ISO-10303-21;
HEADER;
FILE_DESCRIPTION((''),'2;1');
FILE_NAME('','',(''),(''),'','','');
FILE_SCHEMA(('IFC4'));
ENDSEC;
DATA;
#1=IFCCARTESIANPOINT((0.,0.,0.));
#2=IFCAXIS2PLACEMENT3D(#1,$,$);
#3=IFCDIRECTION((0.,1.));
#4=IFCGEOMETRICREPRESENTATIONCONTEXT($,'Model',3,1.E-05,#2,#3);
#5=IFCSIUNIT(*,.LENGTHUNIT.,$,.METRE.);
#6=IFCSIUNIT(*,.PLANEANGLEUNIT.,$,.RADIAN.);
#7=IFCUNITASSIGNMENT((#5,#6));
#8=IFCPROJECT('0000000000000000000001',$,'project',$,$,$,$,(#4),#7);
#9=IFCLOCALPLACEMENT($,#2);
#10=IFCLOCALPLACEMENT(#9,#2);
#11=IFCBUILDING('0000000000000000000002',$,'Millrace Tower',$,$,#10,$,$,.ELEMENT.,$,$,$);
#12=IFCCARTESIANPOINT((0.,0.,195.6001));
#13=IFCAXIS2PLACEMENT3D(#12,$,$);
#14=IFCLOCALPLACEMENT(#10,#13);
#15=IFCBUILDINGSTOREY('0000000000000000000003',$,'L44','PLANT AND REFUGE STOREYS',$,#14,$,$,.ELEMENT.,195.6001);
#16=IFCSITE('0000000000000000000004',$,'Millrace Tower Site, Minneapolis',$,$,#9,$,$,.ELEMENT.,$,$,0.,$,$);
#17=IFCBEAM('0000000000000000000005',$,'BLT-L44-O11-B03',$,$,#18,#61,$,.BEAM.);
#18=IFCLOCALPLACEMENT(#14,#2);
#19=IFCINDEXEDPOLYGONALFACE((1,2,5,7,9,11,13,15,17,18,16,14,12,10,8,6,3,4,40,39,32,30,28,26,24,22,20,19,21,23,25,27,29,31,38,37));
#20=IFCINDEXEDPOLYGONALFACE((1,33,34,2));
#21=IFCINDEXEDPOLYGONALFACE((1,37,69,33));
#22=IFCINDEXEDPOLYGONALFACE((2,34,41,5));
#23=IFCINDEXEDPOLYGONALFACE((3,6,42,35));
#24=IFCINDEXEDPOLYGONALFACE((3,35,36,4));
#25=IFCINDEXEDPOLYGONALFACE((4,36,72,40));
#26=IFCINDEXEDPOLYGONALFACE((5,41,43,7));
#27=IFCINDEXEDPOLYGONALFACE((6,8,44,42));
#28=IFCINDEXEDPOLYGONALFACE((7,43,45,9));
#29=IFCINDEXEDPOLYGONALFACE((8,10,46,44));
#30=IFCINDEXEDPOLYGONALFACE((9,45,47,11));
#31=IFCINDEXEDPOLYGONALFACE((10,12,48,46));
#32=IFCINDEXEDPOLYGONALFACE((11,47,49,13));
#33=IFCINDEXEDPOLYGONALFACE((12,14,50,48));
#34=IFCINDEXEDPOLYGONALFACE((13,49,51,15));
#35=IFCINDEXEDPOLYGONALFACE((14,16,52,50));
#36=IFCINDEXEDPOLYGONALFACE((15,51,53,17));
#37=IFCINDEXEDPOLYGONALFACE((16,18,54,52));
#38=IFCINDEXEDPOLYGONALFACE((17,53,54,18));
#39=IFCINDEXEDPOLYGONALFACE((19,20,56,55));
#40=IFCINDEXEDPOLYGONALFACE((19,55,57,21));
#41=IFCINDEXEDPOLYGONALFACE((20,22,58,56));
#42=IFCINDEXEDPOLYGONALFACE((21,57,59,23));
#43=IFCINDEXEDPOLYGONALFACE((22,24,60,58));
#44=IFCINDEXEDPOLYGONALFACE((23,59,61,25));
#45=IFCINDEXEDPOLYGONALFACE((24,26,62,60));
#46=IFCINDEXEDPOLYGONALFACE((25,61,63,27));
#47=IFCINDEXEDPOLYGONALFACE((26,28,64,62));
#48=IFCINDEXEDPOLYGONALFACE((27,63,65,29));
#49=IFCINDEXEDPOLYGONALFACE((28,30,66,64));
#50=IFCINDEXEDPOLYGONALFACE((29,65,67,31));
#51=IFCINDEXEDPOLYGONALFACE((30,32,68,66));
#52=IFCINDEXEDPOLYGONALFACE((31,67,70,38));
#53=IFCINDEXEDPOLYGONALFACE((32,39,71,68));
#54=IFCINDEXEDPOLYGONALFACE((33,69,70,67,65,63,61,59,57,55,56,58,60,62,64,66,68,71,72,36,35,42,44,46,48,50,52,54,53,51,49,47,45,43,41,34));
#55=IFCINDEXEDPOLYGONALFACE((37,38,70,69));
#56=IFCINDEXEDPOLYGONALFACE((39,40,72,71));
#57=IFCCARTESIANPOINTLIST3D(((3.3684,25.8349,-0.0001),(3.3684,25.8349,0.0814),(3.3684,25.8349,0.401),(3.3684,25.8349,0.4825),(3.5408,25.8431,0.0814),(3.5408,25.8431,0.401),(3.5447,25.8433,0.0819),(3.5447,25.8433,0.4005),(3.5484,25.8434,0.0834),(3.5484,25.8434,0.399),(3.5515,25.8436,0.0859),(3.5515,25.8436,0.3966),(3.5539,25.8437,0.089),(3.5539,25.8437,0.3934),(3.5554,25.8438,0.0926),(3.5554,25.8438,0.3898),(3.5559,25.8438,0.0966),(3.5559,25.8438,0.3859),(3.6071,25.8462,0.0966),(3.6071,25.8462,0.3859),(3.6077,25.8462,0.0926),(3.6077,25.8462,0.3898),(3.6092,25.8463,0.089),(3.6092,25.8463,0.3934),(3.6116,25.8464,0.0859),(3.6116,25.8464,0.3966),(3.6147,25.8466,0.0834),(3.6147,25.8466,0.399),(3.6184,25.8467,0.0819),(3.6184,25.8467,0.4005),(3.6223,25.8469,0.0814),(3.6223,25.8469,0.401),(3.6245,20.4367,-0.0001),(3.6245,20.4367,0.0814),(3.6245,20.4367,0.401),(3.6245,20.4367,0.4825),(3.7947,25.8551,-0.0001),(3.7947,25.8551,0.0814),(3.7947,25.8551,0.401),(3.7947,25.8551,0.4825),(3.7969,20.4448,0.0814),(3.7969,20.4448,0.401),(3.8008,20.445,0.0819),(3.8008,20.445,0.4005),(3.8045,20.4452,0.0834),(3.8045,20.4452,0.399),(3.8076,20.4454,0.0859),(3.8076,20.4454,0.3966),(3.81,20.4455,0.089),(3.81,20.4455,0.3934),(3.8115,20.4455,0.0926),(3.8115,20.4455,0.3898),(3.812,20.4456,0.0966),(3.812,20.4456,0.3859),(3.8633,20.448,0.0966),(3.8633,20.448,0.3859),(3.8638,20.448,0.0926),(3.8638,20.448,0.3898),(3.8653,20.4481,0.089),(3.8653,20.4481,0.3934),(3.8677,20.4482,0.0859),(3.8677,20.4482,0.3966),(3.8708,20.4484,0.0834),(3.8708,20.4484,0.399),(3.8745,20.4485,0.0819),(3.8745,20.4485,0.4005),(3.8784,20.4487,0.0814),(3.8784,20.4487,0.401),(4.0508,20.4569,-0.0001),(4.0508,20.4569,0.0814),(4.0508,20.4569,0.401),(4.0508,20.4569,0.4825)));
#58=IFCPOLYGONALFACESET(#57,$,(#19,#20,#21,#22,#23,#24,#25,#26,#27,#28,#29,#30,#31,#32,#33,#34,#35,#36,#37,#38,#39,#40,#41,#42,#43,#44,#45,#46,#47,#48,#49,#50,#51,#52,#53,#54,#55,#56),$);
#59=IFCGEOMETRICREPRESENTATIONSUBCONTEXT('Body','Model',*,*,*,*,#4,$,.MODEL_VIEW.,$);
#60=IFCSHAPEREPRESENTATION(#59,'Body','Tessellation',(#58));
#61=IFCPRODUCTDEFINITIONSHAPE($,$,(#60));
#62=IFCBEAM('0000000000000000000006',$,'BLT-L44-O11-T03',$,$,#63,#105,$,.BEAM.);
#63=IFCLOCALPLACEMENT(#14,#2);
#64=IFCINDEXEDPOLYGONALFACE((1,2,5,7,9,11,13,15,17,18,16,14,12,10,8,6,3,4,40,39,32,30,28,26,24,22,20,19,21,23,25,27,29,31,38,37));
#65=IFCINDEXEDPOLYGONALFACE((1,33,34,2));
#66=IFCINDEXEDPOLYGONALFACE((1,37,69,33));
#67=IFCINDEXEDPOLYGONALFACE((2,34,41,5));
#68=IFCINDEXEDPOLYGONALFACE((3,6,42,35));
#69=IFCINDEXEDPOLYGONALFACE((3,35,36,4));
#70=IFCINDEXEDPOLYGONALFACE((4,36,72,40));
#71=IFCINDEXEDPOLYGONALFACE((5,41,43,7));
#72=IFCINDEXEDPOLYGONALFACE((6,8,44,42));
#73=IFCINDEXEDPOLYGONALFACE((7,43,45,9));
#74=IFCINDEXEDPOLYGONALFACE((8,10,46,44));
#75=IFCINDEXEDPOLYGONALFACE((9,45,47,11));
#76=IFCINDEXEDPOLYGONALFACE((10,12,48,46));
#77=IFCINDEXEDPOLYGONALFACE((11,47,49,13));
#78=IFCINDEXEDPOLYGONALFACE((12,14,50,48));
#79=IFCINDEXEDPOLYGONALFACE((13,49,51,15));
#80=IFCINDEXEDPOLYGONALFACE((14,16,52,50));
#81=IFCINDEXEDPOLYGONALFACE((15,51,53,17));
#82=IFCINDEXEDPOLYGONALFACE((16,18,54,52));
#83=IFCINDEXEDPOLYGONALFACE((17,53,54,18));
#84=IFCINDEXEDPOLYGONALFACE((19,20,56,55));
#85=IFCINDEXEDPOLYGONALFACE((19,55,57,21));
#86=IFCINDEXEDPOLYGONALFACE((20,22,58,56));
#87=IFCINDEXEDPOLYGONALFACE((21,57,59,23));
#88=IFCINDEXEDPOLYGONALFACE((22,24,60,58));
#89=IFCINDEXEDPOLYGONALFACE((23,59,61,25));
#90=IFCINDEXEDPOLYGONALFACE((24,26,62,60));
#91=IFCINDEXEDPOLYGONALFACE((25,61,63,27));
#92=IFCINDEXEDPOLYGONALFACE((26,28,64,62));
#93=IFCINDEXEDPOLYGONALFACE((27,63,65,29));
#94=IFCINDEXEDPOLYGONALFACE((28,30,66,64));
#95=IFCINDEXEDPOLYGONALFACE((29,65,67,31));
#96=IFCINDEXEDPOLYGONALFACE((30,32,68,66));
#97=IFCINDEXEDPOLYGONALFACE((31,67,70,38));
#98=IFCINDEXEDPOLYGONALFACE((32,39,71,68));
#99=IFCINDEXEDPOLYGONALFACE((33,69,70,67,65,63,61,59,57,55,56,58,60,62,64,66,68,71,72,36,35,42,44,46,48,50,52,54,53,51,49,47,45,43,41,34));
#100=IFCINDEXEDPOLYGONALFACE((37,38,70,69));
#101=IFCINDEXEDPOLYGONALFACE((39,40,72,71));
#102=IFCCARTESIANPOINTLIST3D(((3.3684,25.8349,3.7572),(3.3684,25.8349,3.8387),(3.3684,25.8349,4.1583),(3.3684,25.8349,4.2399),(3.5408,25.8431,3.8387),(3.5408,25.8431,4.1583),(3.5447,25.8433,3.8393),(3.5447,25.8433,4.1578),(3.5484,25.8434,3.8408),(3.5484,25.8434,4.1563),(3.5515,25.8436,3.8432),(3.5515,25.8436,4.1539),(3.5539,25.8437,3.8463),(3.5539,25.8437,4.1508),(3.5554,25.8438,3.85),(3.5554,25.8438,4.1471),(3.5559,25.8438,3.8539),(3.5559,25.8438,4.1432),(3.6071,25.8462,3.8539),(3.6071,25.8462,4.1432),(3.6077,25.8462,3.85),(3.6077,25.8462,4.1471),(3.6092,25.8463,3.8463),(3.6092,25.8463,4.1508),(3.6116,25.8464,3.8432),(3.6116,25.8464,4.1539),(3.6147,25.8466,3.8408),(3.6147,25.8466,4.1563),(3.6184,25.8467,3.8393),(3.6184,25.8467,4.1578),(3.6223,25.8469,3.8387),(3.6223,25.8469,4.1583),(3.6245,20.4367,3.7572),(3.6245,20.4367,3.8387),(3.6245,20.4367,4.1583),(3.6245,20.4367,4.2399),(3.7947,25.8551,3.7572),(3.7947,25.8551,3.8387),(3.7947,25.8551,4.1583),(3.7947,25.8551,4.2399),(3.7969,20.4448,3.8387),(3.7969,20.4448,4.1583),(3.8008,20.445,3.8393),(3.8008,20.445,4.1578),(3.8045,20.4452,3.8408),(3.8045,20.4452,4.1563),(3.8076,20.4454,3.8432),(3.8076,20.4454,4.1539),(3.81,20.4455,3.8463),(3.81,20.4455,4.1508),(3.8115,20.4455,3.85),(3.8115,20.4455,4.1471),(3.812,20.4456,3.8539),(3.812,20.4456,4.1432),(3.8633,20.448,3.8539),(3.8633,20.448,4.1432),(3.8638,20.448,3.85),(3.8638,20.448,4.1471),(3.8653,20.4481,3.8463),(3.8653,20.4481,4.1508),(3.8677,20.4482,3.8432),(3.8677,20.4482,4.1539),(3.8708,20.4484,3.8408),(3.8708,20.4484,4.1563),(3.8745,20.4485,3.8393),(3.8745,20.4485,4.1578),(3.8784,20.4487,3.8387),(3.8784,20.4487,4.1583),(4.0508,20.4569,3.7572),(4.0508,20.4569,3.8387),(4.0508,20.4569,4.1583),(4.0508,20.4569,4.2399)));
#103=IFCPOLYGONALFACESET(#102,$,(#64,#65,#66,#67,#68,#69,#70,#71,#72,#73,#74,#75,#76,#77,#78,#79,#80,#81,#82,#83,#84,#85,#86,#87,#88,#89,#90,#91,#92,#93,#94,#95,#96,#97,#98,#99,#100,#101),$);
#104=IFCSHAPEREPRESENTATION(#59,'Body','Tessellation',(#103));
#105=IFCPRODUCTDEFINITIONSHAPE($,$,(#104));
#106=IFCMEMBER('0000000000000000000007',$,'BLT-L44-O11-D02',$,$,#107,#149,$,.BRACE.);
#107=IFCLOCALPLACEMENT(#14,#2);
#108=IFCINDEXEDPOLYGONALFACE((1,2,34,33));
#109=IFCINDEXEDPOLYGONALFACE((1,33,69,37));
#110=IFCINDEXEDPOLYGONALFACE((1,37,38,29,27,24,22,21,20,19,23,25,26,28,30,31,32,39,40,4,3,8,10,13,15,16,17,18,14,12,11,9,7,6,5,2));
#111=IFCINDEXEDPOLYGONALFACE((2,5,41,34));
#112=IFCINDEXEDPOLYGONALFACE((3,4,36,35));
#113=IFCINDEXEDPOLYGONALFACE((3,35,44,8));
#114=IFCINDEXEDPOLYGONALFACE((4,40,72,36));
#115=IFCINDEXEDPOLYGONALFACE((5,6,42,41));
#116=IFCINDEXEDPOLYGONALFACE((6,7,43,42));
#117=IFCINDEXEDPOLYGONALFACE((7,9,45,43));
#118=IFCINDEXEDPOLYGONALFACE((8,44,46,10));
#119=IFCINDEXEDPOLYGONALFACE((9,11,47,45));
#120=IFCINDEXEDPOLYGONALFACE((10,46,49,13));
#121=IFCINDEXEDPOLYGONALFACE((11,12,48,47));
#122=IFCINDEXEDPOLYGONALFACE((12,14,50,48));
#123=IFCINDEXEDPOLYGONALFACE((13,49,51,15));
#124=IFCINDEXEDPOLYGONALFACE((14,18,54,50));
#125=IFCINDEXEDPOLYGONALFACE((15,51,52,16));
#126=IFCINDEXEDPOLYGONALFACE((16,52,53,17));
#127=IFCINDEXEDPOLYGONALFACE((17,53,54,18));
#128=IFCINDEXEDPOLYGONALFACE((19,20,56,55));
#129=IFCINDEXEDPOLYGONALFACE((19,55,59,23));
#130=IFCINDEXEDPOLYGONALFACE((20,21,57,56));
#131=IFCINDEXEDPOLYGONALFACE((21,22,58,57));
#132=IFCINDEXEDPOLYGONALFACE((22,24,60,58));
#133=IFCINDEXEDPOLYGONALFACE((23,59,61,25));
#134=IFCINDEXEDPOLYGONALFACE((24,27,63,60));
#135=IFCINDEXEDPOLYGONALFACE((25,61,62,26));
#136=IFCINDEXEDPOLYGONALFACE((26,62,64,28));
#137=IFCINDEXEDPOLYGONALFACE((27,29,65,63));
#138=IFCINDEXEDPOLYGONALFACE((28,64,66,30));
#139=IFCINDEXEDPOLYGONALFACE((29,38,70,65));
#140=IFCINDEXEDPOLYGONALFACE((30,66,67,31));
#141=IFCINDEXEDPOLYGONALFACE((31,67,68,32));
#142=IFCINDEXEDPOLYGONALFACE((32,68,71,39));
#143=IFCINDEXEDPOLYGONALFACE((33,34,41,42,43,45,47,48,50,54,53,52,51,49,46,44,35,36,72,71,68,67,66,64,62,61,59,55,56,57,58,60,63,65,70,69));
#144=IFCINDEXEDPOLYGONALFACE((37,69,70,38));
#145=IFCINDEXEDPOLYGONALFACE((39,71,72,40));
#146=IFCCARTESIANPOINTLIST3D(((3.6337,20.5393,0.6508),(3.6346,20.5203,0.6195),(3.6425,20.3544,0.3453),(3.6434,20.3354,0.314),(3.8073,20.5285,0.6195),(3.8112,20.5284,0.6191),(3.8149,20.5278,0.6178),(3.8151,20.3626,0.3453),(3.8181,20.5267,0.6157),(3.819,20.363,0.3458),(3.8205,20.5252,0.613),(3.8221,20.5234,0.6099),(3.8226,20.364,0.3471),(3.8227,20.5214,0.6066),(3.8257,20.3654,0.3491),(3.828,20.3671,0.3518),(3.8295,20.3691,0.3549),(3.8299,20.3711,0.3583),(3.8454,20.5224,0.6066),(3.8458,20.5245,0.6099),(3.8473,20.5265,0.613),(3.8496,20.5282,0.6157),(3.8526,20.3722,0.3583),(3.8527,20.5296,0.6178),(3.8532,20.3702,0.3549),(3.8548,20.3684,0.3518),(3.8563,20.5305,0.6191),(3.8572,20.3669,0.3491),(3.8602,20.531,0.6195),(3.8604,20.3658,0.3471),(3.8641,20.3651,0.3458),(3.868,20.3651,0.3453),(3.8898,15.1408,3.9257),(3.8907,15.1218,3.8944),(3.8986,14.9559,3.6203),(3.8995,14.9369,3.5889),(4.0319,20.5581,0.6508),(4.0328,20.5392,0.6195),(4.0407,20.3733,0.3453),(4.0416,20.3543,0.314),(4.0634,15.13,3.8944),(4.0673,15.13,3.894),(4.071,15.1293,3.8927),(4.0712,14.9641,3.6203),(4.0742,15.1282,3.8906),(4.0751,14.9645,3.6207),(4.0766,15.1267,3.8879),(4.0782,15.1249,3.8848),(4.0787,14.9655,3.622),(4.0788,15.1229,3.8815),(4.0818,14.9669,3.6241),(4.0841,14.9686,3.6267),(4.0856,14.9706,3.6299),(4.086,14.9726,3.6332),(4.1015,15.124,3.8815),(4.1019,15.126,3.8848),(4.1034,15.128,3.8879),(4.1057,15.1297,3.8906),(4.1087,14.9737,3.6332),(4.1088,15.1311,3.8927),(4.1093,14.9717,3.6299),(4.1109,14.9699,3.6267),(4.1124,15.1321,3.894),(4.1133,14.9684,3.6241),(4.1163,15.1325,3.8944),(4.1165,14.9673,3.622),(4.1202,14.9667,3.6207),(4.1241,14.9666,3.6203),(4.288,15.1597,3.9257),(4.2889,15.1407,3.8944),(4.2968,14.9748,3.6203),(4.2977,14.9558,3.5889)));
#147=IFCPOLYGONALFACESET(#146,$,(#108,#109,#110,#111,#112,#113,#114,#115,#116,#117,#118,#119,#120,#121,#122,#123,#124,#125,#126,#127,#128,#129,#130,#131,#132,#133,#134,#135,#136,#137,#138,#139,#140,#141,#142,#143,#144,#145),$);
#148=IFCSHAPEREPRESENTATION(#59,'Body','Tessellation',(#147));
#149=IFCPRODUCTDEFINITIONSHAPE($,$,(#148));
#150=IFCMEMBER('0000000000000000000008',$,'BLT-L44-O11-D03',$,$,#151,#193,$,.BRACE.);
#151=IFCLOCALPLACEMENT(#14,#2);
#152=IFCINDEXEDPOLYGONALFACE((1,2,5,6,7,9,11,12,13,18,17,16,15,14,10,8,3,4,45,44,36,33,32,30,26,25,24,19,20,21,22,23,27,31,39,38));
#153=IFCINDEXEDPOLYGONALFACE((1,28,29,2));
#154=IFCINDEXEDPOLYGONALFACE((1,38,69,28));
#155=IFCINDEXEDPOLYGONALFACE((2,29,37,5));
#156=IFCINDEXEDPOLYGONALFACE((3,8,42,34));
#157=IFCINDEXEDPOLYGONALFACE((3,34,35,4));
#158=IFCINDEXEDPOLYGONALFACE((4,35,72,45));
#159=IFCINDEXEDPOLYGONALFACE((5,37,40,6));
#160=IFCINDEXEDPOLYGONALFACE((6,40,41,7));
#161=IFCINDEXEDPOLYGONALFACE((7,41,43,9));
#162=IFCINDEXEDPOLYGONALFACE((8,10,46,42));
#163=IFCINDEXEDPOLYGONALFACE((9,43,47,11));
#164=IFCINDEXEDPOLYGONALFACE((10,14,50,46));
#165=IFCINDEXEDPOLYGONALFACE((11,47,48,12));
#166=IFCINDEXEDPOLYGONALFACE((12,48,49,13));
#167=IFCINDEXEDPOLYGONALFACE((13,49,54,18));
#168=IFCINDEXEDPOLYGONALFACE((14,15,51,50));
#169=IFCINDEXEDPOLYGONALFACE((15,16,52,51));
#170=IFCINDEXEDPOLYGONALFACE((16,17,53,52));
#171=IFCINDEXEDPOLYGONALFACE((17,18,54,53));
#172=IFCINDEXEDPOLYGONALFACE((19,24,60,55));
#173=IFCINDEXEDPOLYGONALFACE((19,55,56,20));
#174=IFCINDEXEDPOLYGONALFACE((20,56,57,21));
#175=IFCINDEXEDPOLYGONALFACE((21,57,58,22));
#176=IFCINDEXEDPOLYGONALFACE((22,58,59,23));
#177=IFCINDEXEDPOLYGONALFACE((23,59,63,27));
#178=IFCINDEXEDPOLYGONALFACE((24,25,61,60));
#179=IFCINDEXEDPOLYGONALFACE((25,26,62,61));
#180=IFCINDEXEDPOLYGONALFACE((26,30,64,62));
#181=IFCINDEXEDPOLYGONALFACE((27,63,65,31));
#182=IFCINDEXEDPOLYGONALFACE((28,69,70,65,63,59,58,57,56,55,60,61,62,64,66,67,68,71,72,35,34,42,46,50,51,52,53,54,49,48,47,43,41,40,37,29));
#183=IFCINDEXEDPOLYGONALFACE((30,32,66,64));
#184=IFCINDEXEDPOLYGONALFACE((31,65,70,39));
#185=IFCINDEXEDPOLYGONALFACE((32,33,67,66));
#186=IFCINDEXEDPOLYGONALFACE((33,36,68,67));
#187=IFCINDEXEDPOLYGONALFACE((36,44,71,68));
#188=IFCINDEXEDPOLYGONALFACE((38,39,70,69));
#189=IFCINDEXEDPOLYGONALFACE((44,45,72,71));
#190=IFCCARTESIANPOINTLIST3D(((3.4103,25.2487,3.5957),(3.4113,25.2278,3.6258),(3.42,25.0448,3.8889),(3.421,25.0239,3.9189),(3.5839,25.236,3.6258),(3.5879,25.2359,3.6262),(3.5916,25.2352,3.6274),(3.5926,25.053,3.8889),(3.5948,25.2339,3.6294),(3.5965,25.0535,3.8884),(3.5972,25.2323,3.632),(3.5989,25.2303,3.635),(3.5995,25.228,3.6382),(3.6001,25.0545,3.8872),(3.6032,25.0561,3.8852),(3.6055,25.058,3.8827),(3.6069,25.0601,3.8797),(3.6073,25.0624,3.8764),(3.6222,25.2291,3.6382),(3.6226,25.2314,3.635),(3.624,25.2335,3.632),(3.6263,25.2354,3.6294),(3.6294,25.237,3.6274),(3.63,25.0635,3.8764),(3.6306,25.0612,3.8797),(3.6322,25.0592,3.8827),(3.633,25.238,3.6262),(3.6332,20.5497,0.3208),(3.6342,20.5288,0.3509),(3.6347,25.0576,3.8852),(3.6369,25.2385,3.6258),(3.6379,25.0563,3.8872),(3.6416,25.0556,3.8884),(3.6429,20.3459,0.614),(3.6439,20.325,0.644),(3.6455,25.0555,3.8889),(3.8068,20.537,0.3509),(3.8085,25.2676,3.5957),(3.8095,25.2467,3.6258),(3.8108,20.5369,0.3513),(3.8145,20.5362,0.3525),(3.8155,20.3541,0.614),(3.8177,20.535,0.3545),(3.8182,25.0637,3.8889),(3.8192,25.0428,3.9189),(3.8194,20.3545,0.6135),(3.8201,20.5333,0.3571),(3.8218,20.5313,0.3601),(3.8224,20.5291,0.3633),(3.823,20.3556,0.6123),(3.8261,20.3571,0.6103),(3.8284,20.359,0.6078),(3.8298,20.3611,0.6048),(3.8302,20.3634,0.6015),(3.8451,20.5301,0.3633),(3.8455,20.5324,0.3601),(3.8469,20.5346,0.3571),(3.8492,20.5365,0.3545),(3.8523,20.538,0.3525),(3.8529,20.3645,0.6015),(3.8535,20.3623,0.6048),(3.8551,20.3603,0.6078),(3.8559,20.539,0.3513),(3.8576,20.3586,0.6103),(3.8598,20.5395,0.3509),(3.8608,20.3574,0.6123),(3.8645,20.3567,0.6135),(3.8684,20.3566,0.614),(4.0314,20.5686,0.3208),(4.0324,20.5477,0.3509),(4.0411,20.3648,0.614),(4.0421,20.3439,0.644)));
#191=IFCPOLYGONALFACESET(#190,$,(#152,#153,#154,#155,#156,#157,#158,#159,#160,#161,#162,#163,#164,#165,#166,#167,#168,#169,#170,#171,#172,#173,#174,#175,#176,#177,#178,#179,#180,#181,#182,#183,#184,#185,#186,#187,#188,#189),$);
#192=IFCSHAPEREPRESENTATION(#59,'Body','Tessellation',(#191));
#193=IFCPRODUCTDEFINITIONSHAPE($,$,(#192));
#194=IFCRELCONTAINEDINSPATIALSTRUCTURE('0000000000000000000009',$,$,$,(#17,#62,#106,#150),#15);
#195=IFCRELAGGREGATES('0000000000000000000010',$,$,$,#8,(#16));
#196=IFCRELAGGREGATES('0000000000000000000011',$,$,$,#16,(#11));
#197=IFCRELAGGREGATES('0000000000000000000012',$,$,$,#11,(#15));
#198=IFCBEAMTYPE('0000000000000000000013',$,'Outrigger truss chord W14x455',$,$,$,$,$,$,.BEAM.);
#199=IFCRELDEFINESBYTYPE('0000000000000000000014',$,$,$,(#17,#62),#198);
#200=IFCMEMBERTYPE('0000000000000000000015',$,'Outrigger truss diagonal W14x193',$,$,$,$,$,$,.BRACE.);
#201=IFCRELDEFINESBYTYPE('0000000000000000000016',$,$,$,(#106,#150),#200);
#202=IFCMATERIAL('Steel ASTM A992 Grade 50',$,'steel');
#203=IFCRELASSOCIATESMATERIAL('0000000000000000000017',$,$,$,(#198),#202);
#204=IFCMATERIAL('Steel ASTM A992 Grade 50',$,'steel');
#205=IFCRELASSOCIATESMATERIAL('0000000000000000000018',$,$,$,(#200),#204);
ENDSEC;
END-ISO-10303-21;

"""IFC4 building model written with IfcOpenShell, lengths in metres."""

from ifc_helpers import new_model, si_unit, direction, frame, origin, origin_2d, place, context, subcontext, project, spatial, i_section, extrude, material, material_profile, profile_set, type_object, element, save


model = new_model("IFC4")

# Units and contexts
model_context = context("Model", 3, precision=1e-05, world=origin(), true_north=direction((0.0, 1.0)))
body_context = subcontext(model_context, "Body", "Model", "MODEL_VIEW")
ifc_project = project(units=[si_unit("LENGTHUNIT", "METRE"), si_unit("PLANEANGLEUNIT", "RADIAN")], contexts=[model_context])

# Site, building, storey
site_placement = place(None, origin())
site = spatial("IfcSite", under=ifc_project, at=site_placement, Name="Millrace Tower Site, Minneapolis", CompositionType="ELEMENT", RefElevation=0.0)
building_placement = place(site_placement, origin())
building = spatial("IfcBuilding", under=site, at=building_placement, Name="Millrace Tower", CompositionType="ELEMENT")
storey_placement = place(building_placement, frame((0.0, 0.0, 195.6001)))
storey = spatial("IfcBuildingStorey", under=building, at=storey_placement, Name="L44", Description="PLANT AND REFUGE STOREYS", CompositionType="ELEMENT", Elevation=195.6001)

# Beams
ifc_material_1 = material(Name="Steel ASTM A992 Grade 50", Category="steel")
ifc_material_profile_1 = material_profile(ifc_material_1, i_section(OverallWidth=0.4268, OverallDepth=0.4827, WebThickness=0.0513, FlangeThickness=0.0815, FilletRadius=0.0151, at=origin_2d()))
ifc_profile_set_1 = profile_set([ifc_material_profile_1], Name="Steel ASTM A992 Grade 50")
beam_type_1 = type_object("IfcBeamType", Name="Outrigger truss chord W14x455", PredefinedType="BEAM", material=ifc_profile_set_1)
for number, where, z_axis, x_axis, name in (
    (1, (3.8376, 20.4468, 0.2412), (-0.047389, 0.998877, 0.0), (-0.998877, -0.047389, 0.0), "BLT-L44-O11-B03"),
    (2, (3.8376, 20.4468, 3.9985), (-0.047389, 0.998877, 0.0), (-0.998877, -0.047389, 0.0), "BLT-L44-O11-T03"),
):
    element("IfcBeam", number, at=place(storey_placement, frame(where, z_axis=z_axis, x_axis=x_axis)), inside=storey, type_object=beam_type_1, Name=name, PredefinedType="BEAM", context=body_context, shape_type="SweptSolid", body=[
        extrude(i_section(OverallWidth=0.4268, OverallDepth=0.4827, WebThickness=0.0513, FlangeThickness=0.0815, FilletRadius=0.0151, at=origin_2d()), origin(), (0.0, 0.0, 1.0), 5.4043),
    ])

# Members
ifc_material_2 = material(Name="Steel ASTM A992 Grade 50", Category="steel")
ifc_material_profile_2 = material_profile(ifc_material_2, i_section(OverallWidth=0.3987, OverallDepth=0.3938, WebThickness=0.0227, FlangeThickness=0.0366, FilletRadius=0.0151, at=origin_2d()))
ifc_profile_set_2 = profile_set([ifc_material_profile_2], Name="Steel ASTM A992 Grade 50")
member_type_1 = type_object("IfcMemberType", Name="Outrigger truss diagonal W14x193", PredefinedType="BRACE", material=ifc_profile_set_2)
member_1_placement = place(storey_placement, frame((3.8376, 20.4468, 0.4824), z_axis=(0.040527, -0.854276, 0.518237), x_axis=(0.998877, 0.047387, 0.0)))
element("IfcMember", 3, at=member_1_placement, inside=storey, type_object=member_type_1, Name="BLT-L44-O11-D02", PredefinedType="BRACE", context=body_context, shape_type="SweptSolid", body=[
    extrude(i_section(OverallWidth=0.3987, OverallDepth=0.3938, WebThickness=0.0227, FlangeThickness=0.0366, FilletRadius=0.0151, at=origin_2d()), origin(), (0.0, 0.0, 1.0), 6.3193),
])
member_2_placement = place(storey_placement, frame((3.8376, 20.4468, 0.4824), z_axis=(-0.038887, 0.819789, 0.571344), x_axis=(-0.998877, -0.047383, 0.0)))
element("IfcMember", 4, at=member_2_placement, inside=storey, type_object=member_type_1, Name="BLT-L44-O11-D03", PredefinedType="BRACE", context=body_context, shape_type="SweptSolid", body=[
    extrude(i_section(OverallWidth=0.3987, OverallDepth=0.3938, WebThickness=0.0227, FlangeThickness=0.0366, FilletRadius=0.0151, at=origin_2d()), origin(), (0.0, 0.0, 1.0), 5.7319),
])

save(model, "model.ifc")
